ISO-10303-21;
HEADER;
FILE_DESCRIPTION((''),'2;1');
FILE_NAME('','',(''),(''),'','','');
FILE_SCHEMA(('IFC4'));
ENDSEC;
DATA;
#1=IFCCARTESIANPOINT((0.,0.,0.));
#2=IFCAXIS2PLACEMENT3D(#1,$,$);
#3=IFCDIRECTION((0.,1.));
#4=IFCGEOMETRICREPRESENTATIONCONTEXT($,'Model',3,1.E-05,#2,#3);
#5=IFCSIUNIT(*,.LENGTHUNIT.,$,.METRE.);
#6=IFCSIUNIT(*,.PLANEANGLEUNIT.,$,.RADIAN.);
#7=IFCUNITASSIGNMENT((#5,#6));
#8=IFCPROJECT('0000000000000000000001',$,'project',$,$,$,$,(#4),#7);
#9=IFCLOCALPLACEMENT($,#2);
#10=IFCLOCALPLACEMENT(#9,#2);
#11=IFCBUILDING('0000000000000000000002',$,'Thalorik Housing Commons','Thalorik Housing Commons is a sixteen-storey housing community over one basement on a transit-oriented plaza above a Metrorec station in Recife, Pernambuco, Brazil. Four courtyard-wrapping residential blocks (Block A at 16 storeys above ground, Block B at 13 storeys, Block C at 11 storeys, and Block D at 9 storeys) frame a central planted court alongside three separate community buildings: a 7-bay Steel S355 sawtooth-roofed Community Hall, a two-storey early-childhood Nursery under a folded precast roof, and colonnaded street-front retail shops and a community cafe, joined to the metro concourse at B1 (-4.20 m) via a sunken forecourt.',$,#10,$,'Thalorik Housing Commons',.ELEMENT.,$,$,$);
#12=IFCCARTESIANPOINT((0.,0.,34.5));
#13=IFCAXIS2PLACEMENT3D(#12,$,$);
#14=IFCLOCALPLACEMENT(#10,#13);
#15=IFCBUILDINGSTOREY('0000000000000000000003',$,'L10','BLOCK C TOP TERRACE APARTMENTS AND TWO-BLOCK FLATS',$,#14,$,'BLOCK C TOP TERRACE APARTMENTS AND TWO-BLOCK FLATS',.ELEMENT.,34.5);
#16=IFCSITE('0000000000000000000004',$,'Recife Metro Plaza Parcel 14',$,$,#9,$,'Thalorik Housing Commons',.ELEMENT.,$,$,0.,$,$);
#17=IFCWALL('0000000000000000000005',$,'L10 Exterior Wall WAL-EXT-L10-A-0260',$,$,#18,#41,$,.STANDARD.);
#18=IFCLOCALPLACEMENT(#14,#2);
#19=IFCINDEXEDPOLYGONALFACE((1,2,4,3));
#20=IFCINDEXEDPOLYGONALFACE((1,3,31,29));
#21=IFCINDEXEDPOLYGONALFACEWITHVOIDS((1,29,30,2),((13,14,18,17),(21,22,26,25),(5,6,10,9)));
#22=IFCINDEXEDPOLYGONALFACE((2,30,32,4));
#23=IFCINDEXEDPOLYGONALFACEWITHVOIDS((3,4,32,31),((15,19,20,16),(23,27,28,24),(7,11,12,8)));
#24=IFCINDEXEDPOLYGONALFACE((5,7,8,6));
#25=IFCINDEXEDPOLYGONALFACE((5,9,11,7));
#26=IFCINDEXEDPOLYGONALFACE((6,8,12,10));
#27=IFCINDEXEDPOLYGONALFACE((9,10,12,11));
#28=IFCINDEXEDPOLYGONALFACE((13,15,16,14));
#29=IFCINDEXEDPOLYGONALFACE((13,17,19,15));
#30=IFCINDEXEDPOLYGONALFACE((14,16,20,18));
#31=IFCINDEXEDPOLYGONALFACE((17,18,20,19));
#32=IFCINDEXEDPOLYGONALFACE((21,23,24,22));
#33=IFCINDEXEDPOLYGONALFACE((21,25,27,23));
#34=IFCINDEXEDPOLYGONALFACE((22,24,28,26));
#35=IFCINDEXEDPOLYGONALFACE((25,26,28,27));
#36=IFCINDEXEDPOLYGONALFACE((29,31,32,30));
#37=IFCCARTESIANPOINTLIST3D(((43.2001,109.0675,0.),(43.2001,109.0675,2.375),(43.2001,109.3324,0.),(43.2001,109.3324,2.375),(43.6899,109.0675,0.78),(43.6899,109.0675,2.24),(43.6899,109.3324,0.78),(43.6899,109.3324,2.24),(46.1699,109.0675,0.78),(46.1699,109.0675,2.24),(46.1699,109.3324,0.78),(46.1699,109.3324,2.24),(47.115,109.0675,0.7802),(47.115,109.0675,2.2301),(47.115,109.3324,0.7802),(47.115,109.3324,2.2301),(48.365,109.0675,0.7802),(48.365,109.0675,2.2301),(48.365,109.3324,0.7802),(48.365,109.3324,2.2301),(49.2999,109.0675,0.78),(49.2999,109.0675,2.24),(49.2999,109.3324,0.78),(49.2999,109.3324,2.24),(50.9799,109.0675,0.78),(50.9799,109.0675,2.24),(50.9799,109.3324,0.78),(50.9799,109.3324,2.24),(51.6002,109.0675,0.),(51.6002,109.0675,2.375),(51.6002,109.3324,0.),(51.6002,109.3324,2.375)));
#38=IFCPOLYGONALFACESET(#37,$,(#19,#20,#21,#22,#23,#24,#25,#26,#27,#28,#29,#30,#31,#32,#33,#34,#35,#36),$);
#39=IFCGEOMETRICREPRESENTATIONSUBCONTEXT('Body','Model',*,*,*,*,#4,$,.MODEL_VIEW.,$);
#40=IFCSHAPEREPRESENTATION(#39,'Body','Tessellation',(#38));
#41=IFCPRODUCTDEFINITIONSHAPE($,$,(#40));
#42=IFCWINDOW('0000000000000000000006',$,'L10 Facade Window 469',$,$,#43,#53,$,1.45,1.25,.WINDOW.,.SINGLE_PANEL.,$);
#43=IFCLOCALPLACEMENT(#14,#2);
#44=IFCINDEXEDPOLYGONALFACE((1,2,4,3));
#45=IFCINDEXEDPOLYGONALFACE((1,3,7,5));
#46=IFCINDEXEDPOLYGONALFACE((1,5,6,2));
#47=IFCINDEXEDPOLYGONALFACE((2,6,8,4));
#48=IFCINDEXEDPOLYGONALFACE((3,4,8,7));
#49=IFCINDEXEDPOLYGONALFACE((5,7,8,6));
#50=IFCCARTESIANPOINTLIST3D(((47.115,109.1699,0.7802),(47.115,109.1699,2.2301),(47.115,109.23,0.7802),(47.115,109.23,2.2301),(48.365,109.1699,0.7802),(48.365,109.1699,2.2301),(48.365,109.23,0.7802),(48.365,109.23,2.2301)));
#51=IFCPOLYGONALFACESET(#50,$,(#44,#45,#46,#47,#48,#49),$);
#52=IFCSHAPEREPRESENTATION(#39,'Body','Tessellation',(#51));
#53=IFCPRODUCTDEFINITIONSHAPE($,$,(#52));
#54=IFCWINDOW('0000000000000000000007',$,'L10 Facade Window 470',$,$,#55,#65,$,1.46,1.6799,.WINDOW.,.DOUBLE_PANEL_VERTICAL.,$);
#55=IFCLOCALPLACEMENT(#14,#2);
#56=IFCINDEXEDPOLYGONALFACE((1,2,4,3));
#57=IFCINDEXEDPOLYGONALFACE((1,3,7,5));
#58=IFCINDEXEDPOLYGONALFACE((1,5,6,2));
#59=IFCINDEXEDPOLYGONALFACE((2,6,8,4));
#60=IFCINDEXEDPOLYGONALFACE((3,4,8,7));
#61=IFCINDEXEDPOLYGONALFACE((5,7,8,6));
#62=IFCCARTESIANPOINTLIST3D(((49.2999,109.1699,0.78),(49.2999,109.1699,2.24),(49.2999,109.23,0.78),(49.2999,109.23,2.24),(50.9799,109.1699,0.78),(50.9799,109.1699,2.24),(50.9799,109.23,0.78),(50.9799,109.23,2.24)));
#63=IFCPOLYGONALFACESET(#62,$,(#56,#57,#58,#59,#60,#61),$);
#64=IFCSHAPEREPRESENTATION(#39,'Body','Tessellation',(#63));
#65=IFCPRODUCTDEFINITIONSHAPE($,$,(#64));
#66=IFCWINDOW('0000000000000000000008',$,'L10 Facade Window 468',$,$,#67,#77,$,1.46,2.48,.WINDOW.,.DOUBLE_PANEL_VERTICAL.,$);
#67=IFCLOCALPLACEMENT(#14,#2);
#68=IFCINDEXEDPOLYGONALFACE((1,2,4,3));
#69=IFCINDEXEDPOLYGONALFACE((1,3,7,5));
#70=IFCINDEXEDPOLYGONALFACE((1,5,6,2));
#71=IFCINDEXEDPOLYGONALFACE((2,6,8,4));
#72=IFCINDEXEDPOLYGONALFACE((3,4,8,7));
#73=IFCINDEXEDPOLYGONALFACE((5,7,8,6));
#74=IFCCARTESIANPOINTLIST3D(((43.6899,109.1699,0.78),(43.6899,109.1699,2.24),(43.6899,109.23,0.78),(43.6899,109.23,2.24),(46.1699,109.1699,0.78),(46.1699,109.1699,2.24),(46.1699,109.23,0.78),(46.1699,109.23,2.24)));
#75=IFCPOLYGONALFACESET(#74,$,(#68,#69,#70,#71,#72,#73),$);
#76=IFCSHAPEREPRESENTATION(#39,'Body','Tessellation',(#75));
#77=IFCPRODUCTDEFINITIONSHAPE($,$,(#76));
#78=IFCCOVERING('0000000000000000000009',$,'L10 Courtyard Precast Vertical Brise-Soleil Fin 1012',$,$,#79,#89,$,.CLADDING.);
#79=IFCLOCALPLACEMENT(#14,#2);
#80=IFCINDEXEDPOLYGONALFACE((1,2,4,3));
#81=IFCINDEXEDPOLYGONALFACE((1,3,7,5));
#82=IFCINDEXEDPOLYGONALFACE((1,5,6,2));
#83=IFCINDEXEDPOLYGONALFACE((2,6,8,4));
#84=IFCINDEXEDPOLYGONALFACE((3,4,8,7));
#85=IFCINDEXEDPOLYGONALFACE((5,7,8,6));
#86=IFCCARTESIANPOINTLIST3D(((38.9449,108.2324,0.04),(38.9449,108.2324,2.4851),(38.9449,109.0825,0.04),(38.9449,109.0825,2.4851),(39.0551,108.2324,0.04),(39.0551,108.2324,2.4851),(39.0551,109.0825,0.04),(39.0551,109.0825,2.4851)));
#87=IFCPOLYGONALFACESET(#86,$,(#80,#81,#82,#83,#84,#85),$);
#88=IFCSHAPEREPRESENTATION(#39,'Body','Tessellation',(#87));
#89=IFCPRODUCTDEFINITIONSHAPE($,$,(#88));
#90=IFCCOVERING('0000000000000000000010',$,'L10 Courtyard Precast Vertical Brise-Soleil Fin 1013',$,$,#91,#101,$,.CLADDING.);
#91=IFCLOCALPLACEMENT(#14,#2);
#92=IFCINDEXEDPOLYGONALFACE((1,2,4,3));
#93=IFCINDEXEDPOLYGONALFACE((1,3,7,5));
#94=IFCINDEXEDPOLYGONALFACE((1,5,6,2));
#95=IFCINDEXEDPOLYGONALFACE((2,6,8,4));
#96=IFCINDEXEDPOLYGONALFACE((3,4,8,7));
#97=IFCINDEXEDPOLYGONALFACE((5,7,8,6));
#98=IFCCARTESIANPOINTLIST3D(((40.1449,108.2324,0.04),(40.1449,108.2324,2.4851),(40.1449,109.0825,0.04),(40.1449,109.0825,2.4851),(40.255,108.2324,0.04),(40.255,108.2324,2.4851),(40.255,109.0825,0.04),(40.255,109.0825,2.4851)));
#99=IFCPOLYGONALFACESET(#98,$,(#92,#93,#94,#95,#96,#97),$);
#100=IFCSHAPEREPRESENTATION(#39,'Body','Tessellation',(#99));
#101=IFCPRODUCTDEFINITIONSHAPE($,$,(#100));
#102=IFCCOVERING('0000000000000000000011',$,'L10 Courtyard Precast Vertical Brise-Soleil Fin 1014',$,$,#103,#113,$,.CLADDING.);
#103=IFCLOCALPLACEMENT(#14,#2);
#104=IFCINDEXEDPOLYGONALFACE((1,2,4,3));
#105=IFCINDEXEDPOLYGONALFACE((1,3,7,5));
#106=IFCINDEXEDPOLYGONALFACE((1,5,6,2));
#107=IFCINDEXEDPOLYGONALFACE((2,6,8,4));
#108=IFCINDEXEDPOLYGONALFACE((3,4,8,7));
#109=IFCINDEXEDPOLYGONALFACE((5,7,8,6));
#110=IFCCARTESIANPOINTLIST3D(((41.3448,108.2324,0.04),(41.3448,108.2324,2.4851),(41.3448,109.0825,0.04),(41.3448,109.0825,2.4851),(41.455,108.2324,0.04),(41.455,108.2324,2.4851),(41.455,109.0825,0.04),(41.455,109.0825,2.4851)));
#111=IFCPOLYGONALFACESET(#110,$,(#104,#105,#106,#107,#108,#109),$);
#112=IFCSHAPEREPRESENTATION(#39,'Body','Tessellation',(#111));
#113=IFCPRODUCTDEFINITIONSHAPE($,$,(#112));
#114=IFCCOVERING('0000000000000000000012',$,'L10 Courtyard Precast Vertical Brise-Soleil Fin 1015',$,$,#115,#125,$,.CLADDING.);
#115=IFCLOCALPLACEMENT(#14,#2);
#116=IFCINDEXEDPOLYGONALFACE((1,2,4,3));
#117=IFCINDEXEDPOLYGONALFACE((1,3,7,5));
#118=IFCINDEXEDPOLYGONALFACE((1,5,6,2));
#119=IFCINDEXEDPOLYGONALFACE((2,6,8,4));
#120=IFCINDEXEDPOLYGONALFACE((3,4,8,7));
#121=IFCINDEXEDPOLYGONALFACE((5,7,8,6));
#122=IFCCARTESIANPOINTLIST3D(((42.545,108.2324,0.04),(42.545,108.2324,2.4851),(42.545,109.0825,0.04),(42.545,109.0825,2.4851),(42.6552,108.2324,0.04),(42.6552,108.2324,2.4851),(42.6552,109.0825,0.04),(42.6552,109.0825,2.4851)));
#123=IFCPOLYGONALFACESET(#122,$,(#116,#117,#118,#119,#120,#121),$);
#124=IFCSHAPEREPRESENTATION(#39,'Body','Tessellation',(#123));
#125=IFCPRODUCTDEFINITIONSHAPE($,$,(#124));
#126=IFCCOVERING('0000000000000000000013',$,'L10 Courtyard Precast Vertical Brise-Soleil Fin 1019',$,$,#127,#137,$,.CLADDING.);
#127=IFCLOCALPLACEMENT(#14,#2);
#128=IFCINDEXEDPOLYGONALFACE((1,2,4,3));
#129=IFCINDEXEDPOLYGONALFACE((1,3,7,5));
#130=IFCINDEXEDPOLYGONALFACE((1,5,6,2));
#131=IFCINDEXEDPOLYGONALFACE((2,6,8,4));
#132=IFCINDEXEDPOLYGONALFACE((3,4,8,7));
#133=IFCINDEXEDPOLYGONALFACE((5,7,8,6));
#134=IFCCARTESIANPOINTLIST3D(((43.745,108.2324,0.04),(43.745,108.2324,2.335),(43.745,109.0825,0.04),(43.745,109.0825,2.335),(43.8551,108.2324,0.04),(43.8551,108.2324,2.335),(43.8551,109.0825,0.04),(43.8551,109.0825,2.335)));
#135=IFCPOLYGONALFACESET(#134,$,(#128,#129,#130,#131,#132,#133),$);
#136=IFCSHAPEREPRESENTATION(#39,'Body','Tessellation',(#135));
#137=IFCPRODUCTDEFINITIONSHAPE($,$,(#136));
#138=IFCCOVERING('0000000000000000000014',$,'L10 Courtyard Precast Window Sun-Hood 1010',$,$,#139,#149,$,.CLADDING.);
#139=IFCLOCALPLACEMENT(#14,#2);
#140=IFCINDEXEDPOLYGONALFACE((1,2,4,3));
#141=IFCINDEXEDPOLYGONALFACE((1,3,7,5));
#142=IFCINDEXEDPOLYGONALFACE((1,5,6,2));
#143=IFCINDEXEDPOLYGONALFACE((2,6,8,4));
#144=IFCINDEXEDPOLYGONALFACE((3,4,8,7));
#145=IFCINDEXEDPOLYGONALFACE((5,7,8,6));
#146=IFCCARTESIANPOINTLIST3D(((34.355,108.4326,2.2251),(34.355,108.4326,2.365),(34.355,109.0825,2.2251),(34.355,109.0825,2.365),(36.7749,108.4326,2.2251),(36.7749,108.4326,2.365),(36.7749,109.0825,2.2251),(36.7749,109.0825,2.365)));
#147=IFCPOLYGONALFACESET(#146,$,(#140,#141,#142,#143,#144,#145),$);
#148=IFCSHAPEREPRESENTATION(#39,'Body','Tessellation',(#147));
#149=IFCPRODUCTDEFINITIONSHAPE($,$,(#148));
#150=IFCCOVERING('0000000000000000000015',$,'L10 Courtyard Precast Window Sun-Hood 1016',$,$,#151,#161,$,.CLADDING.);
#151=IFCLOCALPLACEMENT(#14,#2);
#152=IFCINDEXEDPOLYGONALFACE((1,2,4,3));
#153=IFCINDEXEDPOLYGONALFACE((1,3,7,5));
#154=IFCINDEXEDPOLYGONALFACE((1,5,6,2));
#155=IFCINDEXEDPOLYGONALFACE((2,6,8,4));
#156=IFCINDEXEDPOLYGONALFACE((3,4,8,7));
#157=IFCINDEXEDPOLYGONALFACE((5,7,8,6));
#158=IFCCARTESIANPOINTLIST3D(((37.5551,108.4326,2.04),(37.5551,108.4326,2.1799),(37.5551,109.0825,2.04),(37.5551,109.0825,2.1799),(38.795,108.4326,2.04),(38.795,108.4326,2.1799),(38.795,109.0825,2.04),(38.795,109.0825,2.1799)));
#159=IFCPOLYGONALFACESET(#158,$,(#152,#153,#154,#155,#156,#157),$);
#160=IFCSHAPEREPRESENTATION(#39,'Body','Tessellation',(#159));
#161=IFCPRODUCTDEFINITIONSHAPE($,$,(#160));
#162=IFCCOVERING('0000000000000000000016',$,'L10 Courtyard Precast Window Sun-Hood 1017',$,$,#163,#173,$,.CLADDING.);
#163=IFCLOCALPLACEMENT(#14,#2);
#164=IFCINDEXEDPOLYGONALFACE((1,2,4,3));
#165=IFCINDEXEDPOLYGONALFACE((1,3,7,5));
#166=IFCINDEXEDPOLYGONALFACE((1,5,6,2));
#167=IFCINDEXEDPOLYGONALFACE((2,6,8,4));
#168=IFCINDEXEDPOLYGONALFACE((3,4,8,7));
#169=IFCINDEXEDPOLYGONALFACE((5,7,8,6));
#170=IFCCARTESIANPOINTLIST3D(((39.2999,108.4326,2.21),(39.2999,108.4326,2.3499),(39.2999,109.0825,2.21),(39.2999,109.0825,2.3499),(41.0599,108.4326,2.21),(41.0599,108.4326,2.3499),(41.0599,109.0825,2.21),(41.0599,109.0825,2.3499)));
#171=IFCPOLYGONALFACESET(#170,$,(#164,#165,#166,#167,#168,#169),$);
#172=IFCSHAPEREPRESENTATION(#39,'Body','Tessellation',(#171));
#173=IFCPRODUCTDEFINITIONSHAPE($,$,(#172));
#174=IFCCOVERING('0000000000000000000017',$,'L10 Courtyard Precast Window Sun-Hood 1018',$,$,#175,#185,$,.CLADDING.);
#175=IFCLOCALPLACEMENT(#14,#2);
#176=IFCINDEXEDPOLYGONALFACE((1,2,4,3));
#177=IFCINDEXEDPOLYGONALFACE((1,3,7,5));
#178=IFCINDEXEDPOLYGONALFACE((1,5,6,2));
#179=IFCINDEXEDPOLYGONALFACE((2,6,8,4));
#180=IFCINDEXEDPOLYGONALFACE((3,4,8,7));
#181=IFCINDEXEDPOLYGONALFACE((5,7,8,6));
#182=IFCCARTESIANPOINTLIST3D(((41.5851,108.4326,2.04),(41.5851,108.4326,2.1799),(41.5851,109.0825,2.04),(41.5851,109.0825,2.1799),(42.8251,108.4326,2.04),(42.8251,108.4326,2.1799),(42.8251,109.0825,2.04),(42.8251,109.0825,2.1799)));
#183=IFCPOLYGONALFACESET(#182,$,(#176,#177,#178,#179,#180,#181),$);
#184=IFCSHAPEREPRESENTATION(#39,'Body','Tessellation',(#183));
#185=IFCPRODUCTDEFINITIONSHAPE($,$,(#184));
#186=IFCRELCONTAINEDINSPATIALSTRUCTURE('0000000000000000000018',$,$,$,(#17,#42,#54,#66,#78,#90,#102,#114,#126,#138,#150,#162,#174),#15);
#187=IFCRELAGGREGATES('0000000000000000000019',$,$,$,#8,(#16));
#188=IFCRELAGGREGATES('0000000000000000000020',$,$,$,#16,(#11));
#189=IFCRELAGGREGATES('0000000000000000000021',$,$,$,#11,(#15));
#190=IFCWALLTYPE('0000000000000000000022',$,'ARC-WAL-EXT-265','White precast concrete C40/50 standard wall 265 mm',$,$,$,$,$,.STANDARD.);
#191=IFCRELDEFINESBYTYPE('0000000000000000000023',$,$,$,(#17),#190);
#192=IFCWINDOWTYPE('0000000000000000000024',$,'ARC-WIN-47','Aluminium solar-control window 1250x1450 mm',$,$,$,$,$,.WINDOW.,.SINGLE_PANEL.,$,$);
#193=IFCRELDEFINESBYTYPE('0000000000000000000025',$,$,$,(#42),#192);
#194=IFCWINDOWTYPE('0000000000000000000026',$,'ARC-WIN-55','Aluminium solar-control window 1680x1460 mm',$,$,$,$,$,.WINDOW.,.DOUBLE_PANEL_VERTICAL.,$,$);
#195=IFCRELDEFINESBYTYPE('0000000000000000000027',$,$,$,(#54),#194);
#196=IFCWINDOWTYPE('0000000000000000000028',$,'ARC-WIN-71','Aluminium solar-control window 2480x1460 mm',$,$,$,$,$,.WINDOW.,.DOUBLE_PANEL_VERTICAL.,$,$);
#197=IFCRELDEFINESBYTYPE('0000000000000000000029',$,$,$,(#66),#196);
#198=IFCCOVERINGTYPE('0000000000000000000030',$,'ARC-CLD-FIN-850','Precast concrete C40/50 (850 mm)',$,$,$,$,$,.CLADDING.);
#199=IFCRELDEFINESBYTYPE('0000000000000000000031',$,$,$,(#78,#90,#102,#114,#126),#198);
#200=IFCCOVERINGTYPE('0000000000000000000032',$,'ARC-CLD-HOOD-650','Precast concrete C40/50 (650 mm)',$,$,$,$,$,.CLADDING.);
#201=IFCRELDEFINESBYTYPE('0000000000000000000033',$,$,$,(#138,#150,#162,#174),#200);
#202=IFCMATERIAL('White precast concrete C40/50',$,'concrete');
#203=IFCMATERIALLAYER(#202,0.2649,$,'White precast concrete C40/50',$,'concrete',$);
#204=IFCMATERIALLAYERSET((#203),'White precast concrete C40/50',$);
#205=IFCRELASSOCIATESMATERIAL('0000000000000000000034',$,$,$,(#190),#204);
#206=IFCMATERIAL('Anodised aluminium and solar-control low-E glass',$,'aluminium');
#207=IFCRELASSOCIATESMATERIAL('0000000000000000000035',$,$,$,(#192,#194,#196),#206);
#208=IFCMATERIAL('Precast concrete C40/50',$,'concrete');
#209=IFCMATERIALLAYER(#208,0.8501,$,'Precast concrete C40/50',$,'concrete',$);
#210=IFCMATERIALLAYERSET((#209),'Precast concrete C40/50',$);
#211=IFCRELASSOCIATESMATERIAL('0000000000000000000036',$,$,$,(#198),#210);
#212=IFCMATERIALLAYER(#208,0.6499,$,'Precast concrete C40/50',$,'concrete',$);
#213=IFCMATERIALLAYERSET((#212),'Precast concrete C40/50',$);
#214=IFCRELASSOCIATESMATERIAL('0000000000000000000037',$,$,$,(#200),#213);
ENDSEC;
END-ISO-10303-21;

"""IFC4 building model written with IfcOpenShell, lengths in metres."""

from ifc_helpers import new_model, si_unit, direction, frame, frame_2d, origin, origin_2d, place, context, subcontext, project, spatial, rectangle, extrude, material, layer, layer_set, type_object, element, fill, save


model = new_model("IFC4")

# Units and contexts
model_context = context("Model", 3, precision=1e-05, world=origin(), true_north=direction((0.0, 1.0)))
body_context = subcontext(model_context, "Body", "Model", "MODEL_VIEW")
ifc_project = project(units=[si_unit("LENGTHUNIT", "METRE"), si_unit("PLANEANGLEUNIT", "RADIAN")], contexts=[model_context])

# Site, building, storey
site_placement = place(None, origin())
site = spatial("IfcSite", under=ifc_project, at=site_placement, Name="Recife Metro Plaza Parcel 14", LongName="Thalorik Housing Commons", CompositionType="ELEMENT", RefElevation=0.0)
building_placement = place(site_placement, origin())
building = spatial("IfcBuilding", under=site, at=building_placement, Name="Thalorik Housing Commons", Description="Thalorik Housing Commons is a sixteen-storey housing community over one basement on a transit-oriented plaza above a Metrorec station in Recife, Pernambuco, Brazil. Four courtyard-wrapping residential blocks (Block A at 16 storeys above ground, Block B at 13 storeys, Block C at 11 storeys, and Block D at 9 storeys) frame a central planted court alongside three separate community buildings: a 7-bay Steel S355 sawtooth-roofed Community Hall, a two-storey early-childhood Nursery under a folded precast roof, and colonnaded street-front retail shops and a community cafe, joined to the metro concourse at B1 (-4.20 m) via a sunken forecourt.", LongName="Thalorik Housing Commons", CompositionType="ELEMENT")
storey_placement = place(building_placement, frame((0.0, 0.0, 34.5)))
storey = spatial("IfcBuildingStorey", under=building, at=storey_placement, Name="L10", Description="BLOCK C TOP TERRACE APARTMENTS AND TWO-BLOCK FLATS", LongName="BLOCK C TOP TERRACE APARTMENTS AND TWO-BLOCK FLATS", CompositionType="ELEMENT", Elevation=34.5)

# Shared definitions
ifc_material_1 = material(Name="Precast concrete C40/50", Category="concrete")

# Wall, openings, windows
ifc_material_2 = material(Name="White precast concrete C40/50", Category="concrete")
ifc_layer_1 = layer(ifc_material_2, 0.2649, Name="White precast concrete C40/50", Category="concrete")
ifc_layer_set_1 = layer_set([ifc_layer_1], Name="White precast concrete C40/50")
wall_type = type_object("IfcWallType", Name="ARC-WAL-EXT-265", Description="White precast concrete C40/50 standard wall 265 mm", PredefinedType="STANDARD", material=ifc_layer_set_1)
ifc_material_3 = material(Name="Anodised aluminium and solar-control low-E glass", Category="aluminium")
wall_1_placement = place(storey_placement, frame((43.2, 109.2, 0.0), z_axis=(0.0, 0.0, 1.0), x_axis=(1.0, 0.0, 0.0)))
wall_1 = element("IfcWall", 1, at=wall_1_placement, inside=storey, type_object=wall_type, Name="L10 Exterior Wall WAL-EXT-L10-A-0260", PredefinedType="STANDARD", context=body_context, shape_type="SweptSolid", body=[
    extrude(rectangle(XDim=8.4001, YDim=0.2649, at=frame_2d((4.2002, 0.0))), origin(), (0.0, 0.0, 1.0), 2.375),
])
opening_1_placement = place(wall_1_placement, frame((0.49, 0.0, 0.78)))
opening_1 = element("IfcOpeningElement", 2, at=opening_1_placement, cuts=wall_1, PredefinedType="OPENING", context=body_context, shape_type="SweptSolid", body=[
    extrude(rectangle(XDim=2.48, YDim=1.46, at=frame_2d((1.24, 0.73))), frame((0.0, 0.1426, 0.0), z_axis=(0.0, -1.0, 0.0), x_axis=(1.0, 0.0, 0.0)), (0.0, 0.0, 1.0), 0.2849),
])
opening_2_placement = place(wall_1_placement, frame((3.915, 0.0, 0.78)))
opening_2 = element("IfcOpeningElement", 3, at=opening_2_placement, cuts=wall_1, PredefinedType="OPENING", context=body_context, shape_type="SweptSolid", body=[
    extrude(rectangle(XDim=1.25, YDim=1.45, at=frame_2d((0.625, 0.7251))), frame((0.0, 0.1426, 0.0), z_axis=(0.0, -1.0, 0.0), x_axis=(1.0, 0.0, 0.0)), (0.0, 0.0, 1.0), 0.2849),
])
opening_3_placement = place(wall_1_placement, frame((6.1001, 0.0, 0.78)))
opening_3 = element("IfcOpeningElement", 4, at=opening_3_placement, cuts=wall_1, PredefinedType="OPENING", context=body_context, shape_type="SweptSolid", body=[
    extrude(rectangle(XDim=1.6799, YDim=1.46, at=frame_2d((0.8398, 0.73))), frame((0.0, 0.1426, 0.0), z_axis=(0.0, -1.0, 0.0), x_axis=(1.0, 0.0, 0.0)), (0.0, 0.0, 1.0), 0.2849),
])
window_type_1 = type_object("IfcWindowType", Name="ARC-WIN-47", Description="Aluminium solar-control window 1250x1450 mm", PartitioningType="SINGLE_PANEL", PredefinedType="WINDOW", material=ifc_material_3)
window_1_placement = place(opening_2_placement, origin())
window_1 = element("IfcWindow", 5, at=window_1_placement, inside=storey, type_object=window_type_1, Name="L10 Facade Window 469", OverallHeight=1.45, OverallWidth=1.25, PartitioningType="SINGLE_PANEL", PredefinedType="WINDOW", context=body_context, shape_type="SweptSolid", body=[
    extrude(rectangle(XDim=1.25, YDim=1.45, at=frame_2d((0.625, 0.7251))), frame((0.0, 0.03, 0.0), z_axis=(0.0, -1.0, 0.0), x_axis=(1.0, 0.0, 0.0)), (0.0, 0.0, 1.0), 0.0601),
])
fill(opening_2, window_1)
window_type_2 = type_object("IfcWindowType", Name="ARC-WIN-55", Description="Aluminium solar-control window 1680x1460 mm", PartitioningType="DOUBLE_PANEL_VERTICAL", PredefinedType="WINDOW", material=ifc_material_3)
window_2_placement = place(opening_3_placement, origin())
window_2 = element("IfcWindow", 6, at=window_2_placement, inside=storey, type_object=window_type_2, Name="L10 Facade Window 470", OverallHeight=1.46, OverallWidth=1.6799, PartitioningType="DOUBLE_PANEL_VERTICAL", PredefinedType="WINDOW", context=body_context, shape_type="SweptSolid", body=[
    extrude(rectangle(XDim=1.6799, YDim=1.46, at=frame_2d((0.8398, 0.73))), frame((0.0, 0.03, 0.0), z_axis=(0.0, -1.0, 0.0), x_axis=(1.0, 0.0, 0.0)), (0.0, 0.0, 1.0), 0.0601),
])
fill(opening_3, window_2)
window_type_3 = type_object("IfcWindowType", Name="ARC-WIN-71", Description="Aluminium solar-control window 2480x1460 mm", PartitioningType="DOUBLE_PANEL_VERTICAL", PredefinedType="WINDOW", material=ifc_material_3)
window_3_placement = place(opening_1_placement, origin())
window_3 = element("IfcWindow", 7, at=window_3_placement, inside=storey, type_object=window_type_3, Name="L10 Facade Window 468", OverallHeight=1.46, OverallWidth=2.48, PartitioningType="DOUBLE_PANEL_VERTICAL", PredefinedType="WINDOW", context=body_context, shape_type="SweptSolid", body=[
    extrude(rectangle(XDim=2.48, YDim=1.46, at=frame_2d((1.24, 0.73))), frame((0.0, 0.03, 0.0), z_axis=(0.0, -1.0, 0.0), x_axis=(1.0, 0.0, 0.0)), (0.0, 0.0, 1.0), 0.0601),
])
fill(opening_1, window_3)

# Coverings
ifc_layer_2 = layer(ifc_material_1, 0.8501, Name="Precast concrete C40/50", Category="concrete")
ifc_layer_set_2 = layer_set([ifc_layer_2], Name="Precast concrete C40/50")
covering_type_1 = type_object("IfcCoveringType", Name="ARC-CLD-FIN-850", Description="Precast concrete C40/50 (850 mm)", PredefinedType="CLADDING", material=ifc_layer_set_2)
for number, where, z_axis, x_axis, name in (
    (8, (39.0, 108.6575, 0.04), (0.0, 0.0, 1.0), (1.0, 0.0, 0.0), "L10 Courtyard Precast Vertical Brise-Soleil Fin 1012"),
    (9, (40.2, 108.6575, 0.04), (0.0, 0.0, 1.0), (1.0, 0.0, 0.0), "L10 Courtyard Precast Vertical Brise-Soleil Fin 1013"),
    (10, (41.3999, 108.6575, 0.04), (0.0, 0.0, 1.0), (1.0, 0.0, 0.0), "L10 Courtyard Precast Vertical Brise-Soleil Fin 1014"),
    (11, (42.6001, 108.6575, 0.04), (0.0, 0.0, 1.0), (1.0, 0.0, 0.0), "L10 Courtyard Precast Vertical Brise-Soleil Fin 1015"),
):
    element("IfcCovering", number, at=place(storey_placement, frame(where, z_axis=z_axis, x_axis=x_axis)), inside=storey, type_object=covering_type_1, Name=name, PredefinedType="CLADDING", context=body_context, shape_type="SweptSolid", body=[
        extrude(rectangle(XDim=0.1101, YDim=0.8501, at=origin_2d()), origin(), (0.0, 0.0, 1.0), 2.4451),
    ])
covering_1_placement = place(storey_placement, frame((43.8, 108.6575, 0.04), z_axis=(0.0, 0.0, 1.0), x_axis=(1.0, 0.0, 0.0)))
element("IfcCovering", 12, at=covering_1_placement, inside=storey, type_object=covering_type_1, Name="L10 Courtyard Precast Vertical Brise-Soleil Fin 1019", PredefinedType="CLADDING", context=body_context, shape_type="SweptSolid", body=[
    extrude(rectangle(XDim=0.1101, YDim=0.8501, at=origin_2d()), origin(), (0.0, 0.0, 1.0), 2.2949),
])
ifc_layer_3 = layer(ifc_material_1, 0.6499, Name="Precast concrete C40/50", Category="concrete")
ifc_layer_set_3 = layer_set([ifc_layer_3], Name="Precast concrete C40/50")
covering_type_2 = type_object("IfcCoveringType", Name="ARC-CLD-HOOD-650", Description="Precast concrete C40/50 (650 mm)", PredefinedType="CLADDING", material=ifc_layer_set_3)
covering_2_placement = place(storey_placement, frame((35.5649, 108.7576, 2.2251), z_axis=(0.0, 0.0, 1.0), x_axis=(1.0, 0.0, 0.0)))
element("IfcCovering", 13, at=covering_2_placement, inside=storey, type_object=covering_type_2, Name="L10 Courtyard Precast Window Sun-Hood 1010", PredefinedType="CLADDING", context=body_context, shape_type="SweptSolid", body=[
    extrude(rectangle(XDim=2.4199, YDim=0.6499, at=origin_2d()), origin(), (0.0, 0.0, 1.0), 0.1399),
])
covering_3_placement = place(storey_placement, frame((38.175, 108.7576, 2.04), z_axis=(0.0, 0.0, 1.0), x_axis=(1.0, 0.0, 0.0)))
element("IfcCovering", 14, at=covering_3_placement, inside=storey, type_object=covering_type_2, Name="L10 Courtyard Precast Window Sun-Hood 1016", PredefinedType="CLADDING", context=body_context, shape_type="SweptSolid", body=[
    extrude(rectangle(XDim=1.24, YDim=0.6499, at=origin_2d()), origin(), (0.0, 0.0, 1.0), 0.1399),
])
covering_4_placement = place(storey_placement, frame((40.1799, 108.7576, 2.21), z_axis=(0.0, 0.0, 1.0), x_axis=(1.0, 0.0, 0.0)))
element("IfcCovering", 15, at=covering_4_placement, inside=storey, type_object=covering_type_2, Name="L10 Courtyard Precast Window Sun-Hood 1017", PredefinedType="CLADDING", context=body_context, shape_type="SweptSolid", body=[
    extrude(rectangle(XDim=1.76, YDim=0.6499, at=origin_2d()), origin(), (0.0, 0.0, 1.0), 0.1399),
])
covering_5_placement = place(storey_placement, frame((42.2051, 108.7576, 2.04), z_axis=(0.0, 0.0, 1.0), x_axis=(1.0, 0.0, 0.0)))
element("IfcCovering", 16, at=covering_5_placement, inside=storey, type_object=covering_type_2, Name="L10 Courtyard Precast Window Sun-Hood 1018", PredefinedType="CLADDING", context=body_context, shape_type="SweptSolid", body=[
    extrude(rectangle(XDim=1.24, YDim=0.6499, at=origin_2d()), origin(), (0.0, 0.0, 1.0), 0.1399),
])

save(model, "model.ifc")
